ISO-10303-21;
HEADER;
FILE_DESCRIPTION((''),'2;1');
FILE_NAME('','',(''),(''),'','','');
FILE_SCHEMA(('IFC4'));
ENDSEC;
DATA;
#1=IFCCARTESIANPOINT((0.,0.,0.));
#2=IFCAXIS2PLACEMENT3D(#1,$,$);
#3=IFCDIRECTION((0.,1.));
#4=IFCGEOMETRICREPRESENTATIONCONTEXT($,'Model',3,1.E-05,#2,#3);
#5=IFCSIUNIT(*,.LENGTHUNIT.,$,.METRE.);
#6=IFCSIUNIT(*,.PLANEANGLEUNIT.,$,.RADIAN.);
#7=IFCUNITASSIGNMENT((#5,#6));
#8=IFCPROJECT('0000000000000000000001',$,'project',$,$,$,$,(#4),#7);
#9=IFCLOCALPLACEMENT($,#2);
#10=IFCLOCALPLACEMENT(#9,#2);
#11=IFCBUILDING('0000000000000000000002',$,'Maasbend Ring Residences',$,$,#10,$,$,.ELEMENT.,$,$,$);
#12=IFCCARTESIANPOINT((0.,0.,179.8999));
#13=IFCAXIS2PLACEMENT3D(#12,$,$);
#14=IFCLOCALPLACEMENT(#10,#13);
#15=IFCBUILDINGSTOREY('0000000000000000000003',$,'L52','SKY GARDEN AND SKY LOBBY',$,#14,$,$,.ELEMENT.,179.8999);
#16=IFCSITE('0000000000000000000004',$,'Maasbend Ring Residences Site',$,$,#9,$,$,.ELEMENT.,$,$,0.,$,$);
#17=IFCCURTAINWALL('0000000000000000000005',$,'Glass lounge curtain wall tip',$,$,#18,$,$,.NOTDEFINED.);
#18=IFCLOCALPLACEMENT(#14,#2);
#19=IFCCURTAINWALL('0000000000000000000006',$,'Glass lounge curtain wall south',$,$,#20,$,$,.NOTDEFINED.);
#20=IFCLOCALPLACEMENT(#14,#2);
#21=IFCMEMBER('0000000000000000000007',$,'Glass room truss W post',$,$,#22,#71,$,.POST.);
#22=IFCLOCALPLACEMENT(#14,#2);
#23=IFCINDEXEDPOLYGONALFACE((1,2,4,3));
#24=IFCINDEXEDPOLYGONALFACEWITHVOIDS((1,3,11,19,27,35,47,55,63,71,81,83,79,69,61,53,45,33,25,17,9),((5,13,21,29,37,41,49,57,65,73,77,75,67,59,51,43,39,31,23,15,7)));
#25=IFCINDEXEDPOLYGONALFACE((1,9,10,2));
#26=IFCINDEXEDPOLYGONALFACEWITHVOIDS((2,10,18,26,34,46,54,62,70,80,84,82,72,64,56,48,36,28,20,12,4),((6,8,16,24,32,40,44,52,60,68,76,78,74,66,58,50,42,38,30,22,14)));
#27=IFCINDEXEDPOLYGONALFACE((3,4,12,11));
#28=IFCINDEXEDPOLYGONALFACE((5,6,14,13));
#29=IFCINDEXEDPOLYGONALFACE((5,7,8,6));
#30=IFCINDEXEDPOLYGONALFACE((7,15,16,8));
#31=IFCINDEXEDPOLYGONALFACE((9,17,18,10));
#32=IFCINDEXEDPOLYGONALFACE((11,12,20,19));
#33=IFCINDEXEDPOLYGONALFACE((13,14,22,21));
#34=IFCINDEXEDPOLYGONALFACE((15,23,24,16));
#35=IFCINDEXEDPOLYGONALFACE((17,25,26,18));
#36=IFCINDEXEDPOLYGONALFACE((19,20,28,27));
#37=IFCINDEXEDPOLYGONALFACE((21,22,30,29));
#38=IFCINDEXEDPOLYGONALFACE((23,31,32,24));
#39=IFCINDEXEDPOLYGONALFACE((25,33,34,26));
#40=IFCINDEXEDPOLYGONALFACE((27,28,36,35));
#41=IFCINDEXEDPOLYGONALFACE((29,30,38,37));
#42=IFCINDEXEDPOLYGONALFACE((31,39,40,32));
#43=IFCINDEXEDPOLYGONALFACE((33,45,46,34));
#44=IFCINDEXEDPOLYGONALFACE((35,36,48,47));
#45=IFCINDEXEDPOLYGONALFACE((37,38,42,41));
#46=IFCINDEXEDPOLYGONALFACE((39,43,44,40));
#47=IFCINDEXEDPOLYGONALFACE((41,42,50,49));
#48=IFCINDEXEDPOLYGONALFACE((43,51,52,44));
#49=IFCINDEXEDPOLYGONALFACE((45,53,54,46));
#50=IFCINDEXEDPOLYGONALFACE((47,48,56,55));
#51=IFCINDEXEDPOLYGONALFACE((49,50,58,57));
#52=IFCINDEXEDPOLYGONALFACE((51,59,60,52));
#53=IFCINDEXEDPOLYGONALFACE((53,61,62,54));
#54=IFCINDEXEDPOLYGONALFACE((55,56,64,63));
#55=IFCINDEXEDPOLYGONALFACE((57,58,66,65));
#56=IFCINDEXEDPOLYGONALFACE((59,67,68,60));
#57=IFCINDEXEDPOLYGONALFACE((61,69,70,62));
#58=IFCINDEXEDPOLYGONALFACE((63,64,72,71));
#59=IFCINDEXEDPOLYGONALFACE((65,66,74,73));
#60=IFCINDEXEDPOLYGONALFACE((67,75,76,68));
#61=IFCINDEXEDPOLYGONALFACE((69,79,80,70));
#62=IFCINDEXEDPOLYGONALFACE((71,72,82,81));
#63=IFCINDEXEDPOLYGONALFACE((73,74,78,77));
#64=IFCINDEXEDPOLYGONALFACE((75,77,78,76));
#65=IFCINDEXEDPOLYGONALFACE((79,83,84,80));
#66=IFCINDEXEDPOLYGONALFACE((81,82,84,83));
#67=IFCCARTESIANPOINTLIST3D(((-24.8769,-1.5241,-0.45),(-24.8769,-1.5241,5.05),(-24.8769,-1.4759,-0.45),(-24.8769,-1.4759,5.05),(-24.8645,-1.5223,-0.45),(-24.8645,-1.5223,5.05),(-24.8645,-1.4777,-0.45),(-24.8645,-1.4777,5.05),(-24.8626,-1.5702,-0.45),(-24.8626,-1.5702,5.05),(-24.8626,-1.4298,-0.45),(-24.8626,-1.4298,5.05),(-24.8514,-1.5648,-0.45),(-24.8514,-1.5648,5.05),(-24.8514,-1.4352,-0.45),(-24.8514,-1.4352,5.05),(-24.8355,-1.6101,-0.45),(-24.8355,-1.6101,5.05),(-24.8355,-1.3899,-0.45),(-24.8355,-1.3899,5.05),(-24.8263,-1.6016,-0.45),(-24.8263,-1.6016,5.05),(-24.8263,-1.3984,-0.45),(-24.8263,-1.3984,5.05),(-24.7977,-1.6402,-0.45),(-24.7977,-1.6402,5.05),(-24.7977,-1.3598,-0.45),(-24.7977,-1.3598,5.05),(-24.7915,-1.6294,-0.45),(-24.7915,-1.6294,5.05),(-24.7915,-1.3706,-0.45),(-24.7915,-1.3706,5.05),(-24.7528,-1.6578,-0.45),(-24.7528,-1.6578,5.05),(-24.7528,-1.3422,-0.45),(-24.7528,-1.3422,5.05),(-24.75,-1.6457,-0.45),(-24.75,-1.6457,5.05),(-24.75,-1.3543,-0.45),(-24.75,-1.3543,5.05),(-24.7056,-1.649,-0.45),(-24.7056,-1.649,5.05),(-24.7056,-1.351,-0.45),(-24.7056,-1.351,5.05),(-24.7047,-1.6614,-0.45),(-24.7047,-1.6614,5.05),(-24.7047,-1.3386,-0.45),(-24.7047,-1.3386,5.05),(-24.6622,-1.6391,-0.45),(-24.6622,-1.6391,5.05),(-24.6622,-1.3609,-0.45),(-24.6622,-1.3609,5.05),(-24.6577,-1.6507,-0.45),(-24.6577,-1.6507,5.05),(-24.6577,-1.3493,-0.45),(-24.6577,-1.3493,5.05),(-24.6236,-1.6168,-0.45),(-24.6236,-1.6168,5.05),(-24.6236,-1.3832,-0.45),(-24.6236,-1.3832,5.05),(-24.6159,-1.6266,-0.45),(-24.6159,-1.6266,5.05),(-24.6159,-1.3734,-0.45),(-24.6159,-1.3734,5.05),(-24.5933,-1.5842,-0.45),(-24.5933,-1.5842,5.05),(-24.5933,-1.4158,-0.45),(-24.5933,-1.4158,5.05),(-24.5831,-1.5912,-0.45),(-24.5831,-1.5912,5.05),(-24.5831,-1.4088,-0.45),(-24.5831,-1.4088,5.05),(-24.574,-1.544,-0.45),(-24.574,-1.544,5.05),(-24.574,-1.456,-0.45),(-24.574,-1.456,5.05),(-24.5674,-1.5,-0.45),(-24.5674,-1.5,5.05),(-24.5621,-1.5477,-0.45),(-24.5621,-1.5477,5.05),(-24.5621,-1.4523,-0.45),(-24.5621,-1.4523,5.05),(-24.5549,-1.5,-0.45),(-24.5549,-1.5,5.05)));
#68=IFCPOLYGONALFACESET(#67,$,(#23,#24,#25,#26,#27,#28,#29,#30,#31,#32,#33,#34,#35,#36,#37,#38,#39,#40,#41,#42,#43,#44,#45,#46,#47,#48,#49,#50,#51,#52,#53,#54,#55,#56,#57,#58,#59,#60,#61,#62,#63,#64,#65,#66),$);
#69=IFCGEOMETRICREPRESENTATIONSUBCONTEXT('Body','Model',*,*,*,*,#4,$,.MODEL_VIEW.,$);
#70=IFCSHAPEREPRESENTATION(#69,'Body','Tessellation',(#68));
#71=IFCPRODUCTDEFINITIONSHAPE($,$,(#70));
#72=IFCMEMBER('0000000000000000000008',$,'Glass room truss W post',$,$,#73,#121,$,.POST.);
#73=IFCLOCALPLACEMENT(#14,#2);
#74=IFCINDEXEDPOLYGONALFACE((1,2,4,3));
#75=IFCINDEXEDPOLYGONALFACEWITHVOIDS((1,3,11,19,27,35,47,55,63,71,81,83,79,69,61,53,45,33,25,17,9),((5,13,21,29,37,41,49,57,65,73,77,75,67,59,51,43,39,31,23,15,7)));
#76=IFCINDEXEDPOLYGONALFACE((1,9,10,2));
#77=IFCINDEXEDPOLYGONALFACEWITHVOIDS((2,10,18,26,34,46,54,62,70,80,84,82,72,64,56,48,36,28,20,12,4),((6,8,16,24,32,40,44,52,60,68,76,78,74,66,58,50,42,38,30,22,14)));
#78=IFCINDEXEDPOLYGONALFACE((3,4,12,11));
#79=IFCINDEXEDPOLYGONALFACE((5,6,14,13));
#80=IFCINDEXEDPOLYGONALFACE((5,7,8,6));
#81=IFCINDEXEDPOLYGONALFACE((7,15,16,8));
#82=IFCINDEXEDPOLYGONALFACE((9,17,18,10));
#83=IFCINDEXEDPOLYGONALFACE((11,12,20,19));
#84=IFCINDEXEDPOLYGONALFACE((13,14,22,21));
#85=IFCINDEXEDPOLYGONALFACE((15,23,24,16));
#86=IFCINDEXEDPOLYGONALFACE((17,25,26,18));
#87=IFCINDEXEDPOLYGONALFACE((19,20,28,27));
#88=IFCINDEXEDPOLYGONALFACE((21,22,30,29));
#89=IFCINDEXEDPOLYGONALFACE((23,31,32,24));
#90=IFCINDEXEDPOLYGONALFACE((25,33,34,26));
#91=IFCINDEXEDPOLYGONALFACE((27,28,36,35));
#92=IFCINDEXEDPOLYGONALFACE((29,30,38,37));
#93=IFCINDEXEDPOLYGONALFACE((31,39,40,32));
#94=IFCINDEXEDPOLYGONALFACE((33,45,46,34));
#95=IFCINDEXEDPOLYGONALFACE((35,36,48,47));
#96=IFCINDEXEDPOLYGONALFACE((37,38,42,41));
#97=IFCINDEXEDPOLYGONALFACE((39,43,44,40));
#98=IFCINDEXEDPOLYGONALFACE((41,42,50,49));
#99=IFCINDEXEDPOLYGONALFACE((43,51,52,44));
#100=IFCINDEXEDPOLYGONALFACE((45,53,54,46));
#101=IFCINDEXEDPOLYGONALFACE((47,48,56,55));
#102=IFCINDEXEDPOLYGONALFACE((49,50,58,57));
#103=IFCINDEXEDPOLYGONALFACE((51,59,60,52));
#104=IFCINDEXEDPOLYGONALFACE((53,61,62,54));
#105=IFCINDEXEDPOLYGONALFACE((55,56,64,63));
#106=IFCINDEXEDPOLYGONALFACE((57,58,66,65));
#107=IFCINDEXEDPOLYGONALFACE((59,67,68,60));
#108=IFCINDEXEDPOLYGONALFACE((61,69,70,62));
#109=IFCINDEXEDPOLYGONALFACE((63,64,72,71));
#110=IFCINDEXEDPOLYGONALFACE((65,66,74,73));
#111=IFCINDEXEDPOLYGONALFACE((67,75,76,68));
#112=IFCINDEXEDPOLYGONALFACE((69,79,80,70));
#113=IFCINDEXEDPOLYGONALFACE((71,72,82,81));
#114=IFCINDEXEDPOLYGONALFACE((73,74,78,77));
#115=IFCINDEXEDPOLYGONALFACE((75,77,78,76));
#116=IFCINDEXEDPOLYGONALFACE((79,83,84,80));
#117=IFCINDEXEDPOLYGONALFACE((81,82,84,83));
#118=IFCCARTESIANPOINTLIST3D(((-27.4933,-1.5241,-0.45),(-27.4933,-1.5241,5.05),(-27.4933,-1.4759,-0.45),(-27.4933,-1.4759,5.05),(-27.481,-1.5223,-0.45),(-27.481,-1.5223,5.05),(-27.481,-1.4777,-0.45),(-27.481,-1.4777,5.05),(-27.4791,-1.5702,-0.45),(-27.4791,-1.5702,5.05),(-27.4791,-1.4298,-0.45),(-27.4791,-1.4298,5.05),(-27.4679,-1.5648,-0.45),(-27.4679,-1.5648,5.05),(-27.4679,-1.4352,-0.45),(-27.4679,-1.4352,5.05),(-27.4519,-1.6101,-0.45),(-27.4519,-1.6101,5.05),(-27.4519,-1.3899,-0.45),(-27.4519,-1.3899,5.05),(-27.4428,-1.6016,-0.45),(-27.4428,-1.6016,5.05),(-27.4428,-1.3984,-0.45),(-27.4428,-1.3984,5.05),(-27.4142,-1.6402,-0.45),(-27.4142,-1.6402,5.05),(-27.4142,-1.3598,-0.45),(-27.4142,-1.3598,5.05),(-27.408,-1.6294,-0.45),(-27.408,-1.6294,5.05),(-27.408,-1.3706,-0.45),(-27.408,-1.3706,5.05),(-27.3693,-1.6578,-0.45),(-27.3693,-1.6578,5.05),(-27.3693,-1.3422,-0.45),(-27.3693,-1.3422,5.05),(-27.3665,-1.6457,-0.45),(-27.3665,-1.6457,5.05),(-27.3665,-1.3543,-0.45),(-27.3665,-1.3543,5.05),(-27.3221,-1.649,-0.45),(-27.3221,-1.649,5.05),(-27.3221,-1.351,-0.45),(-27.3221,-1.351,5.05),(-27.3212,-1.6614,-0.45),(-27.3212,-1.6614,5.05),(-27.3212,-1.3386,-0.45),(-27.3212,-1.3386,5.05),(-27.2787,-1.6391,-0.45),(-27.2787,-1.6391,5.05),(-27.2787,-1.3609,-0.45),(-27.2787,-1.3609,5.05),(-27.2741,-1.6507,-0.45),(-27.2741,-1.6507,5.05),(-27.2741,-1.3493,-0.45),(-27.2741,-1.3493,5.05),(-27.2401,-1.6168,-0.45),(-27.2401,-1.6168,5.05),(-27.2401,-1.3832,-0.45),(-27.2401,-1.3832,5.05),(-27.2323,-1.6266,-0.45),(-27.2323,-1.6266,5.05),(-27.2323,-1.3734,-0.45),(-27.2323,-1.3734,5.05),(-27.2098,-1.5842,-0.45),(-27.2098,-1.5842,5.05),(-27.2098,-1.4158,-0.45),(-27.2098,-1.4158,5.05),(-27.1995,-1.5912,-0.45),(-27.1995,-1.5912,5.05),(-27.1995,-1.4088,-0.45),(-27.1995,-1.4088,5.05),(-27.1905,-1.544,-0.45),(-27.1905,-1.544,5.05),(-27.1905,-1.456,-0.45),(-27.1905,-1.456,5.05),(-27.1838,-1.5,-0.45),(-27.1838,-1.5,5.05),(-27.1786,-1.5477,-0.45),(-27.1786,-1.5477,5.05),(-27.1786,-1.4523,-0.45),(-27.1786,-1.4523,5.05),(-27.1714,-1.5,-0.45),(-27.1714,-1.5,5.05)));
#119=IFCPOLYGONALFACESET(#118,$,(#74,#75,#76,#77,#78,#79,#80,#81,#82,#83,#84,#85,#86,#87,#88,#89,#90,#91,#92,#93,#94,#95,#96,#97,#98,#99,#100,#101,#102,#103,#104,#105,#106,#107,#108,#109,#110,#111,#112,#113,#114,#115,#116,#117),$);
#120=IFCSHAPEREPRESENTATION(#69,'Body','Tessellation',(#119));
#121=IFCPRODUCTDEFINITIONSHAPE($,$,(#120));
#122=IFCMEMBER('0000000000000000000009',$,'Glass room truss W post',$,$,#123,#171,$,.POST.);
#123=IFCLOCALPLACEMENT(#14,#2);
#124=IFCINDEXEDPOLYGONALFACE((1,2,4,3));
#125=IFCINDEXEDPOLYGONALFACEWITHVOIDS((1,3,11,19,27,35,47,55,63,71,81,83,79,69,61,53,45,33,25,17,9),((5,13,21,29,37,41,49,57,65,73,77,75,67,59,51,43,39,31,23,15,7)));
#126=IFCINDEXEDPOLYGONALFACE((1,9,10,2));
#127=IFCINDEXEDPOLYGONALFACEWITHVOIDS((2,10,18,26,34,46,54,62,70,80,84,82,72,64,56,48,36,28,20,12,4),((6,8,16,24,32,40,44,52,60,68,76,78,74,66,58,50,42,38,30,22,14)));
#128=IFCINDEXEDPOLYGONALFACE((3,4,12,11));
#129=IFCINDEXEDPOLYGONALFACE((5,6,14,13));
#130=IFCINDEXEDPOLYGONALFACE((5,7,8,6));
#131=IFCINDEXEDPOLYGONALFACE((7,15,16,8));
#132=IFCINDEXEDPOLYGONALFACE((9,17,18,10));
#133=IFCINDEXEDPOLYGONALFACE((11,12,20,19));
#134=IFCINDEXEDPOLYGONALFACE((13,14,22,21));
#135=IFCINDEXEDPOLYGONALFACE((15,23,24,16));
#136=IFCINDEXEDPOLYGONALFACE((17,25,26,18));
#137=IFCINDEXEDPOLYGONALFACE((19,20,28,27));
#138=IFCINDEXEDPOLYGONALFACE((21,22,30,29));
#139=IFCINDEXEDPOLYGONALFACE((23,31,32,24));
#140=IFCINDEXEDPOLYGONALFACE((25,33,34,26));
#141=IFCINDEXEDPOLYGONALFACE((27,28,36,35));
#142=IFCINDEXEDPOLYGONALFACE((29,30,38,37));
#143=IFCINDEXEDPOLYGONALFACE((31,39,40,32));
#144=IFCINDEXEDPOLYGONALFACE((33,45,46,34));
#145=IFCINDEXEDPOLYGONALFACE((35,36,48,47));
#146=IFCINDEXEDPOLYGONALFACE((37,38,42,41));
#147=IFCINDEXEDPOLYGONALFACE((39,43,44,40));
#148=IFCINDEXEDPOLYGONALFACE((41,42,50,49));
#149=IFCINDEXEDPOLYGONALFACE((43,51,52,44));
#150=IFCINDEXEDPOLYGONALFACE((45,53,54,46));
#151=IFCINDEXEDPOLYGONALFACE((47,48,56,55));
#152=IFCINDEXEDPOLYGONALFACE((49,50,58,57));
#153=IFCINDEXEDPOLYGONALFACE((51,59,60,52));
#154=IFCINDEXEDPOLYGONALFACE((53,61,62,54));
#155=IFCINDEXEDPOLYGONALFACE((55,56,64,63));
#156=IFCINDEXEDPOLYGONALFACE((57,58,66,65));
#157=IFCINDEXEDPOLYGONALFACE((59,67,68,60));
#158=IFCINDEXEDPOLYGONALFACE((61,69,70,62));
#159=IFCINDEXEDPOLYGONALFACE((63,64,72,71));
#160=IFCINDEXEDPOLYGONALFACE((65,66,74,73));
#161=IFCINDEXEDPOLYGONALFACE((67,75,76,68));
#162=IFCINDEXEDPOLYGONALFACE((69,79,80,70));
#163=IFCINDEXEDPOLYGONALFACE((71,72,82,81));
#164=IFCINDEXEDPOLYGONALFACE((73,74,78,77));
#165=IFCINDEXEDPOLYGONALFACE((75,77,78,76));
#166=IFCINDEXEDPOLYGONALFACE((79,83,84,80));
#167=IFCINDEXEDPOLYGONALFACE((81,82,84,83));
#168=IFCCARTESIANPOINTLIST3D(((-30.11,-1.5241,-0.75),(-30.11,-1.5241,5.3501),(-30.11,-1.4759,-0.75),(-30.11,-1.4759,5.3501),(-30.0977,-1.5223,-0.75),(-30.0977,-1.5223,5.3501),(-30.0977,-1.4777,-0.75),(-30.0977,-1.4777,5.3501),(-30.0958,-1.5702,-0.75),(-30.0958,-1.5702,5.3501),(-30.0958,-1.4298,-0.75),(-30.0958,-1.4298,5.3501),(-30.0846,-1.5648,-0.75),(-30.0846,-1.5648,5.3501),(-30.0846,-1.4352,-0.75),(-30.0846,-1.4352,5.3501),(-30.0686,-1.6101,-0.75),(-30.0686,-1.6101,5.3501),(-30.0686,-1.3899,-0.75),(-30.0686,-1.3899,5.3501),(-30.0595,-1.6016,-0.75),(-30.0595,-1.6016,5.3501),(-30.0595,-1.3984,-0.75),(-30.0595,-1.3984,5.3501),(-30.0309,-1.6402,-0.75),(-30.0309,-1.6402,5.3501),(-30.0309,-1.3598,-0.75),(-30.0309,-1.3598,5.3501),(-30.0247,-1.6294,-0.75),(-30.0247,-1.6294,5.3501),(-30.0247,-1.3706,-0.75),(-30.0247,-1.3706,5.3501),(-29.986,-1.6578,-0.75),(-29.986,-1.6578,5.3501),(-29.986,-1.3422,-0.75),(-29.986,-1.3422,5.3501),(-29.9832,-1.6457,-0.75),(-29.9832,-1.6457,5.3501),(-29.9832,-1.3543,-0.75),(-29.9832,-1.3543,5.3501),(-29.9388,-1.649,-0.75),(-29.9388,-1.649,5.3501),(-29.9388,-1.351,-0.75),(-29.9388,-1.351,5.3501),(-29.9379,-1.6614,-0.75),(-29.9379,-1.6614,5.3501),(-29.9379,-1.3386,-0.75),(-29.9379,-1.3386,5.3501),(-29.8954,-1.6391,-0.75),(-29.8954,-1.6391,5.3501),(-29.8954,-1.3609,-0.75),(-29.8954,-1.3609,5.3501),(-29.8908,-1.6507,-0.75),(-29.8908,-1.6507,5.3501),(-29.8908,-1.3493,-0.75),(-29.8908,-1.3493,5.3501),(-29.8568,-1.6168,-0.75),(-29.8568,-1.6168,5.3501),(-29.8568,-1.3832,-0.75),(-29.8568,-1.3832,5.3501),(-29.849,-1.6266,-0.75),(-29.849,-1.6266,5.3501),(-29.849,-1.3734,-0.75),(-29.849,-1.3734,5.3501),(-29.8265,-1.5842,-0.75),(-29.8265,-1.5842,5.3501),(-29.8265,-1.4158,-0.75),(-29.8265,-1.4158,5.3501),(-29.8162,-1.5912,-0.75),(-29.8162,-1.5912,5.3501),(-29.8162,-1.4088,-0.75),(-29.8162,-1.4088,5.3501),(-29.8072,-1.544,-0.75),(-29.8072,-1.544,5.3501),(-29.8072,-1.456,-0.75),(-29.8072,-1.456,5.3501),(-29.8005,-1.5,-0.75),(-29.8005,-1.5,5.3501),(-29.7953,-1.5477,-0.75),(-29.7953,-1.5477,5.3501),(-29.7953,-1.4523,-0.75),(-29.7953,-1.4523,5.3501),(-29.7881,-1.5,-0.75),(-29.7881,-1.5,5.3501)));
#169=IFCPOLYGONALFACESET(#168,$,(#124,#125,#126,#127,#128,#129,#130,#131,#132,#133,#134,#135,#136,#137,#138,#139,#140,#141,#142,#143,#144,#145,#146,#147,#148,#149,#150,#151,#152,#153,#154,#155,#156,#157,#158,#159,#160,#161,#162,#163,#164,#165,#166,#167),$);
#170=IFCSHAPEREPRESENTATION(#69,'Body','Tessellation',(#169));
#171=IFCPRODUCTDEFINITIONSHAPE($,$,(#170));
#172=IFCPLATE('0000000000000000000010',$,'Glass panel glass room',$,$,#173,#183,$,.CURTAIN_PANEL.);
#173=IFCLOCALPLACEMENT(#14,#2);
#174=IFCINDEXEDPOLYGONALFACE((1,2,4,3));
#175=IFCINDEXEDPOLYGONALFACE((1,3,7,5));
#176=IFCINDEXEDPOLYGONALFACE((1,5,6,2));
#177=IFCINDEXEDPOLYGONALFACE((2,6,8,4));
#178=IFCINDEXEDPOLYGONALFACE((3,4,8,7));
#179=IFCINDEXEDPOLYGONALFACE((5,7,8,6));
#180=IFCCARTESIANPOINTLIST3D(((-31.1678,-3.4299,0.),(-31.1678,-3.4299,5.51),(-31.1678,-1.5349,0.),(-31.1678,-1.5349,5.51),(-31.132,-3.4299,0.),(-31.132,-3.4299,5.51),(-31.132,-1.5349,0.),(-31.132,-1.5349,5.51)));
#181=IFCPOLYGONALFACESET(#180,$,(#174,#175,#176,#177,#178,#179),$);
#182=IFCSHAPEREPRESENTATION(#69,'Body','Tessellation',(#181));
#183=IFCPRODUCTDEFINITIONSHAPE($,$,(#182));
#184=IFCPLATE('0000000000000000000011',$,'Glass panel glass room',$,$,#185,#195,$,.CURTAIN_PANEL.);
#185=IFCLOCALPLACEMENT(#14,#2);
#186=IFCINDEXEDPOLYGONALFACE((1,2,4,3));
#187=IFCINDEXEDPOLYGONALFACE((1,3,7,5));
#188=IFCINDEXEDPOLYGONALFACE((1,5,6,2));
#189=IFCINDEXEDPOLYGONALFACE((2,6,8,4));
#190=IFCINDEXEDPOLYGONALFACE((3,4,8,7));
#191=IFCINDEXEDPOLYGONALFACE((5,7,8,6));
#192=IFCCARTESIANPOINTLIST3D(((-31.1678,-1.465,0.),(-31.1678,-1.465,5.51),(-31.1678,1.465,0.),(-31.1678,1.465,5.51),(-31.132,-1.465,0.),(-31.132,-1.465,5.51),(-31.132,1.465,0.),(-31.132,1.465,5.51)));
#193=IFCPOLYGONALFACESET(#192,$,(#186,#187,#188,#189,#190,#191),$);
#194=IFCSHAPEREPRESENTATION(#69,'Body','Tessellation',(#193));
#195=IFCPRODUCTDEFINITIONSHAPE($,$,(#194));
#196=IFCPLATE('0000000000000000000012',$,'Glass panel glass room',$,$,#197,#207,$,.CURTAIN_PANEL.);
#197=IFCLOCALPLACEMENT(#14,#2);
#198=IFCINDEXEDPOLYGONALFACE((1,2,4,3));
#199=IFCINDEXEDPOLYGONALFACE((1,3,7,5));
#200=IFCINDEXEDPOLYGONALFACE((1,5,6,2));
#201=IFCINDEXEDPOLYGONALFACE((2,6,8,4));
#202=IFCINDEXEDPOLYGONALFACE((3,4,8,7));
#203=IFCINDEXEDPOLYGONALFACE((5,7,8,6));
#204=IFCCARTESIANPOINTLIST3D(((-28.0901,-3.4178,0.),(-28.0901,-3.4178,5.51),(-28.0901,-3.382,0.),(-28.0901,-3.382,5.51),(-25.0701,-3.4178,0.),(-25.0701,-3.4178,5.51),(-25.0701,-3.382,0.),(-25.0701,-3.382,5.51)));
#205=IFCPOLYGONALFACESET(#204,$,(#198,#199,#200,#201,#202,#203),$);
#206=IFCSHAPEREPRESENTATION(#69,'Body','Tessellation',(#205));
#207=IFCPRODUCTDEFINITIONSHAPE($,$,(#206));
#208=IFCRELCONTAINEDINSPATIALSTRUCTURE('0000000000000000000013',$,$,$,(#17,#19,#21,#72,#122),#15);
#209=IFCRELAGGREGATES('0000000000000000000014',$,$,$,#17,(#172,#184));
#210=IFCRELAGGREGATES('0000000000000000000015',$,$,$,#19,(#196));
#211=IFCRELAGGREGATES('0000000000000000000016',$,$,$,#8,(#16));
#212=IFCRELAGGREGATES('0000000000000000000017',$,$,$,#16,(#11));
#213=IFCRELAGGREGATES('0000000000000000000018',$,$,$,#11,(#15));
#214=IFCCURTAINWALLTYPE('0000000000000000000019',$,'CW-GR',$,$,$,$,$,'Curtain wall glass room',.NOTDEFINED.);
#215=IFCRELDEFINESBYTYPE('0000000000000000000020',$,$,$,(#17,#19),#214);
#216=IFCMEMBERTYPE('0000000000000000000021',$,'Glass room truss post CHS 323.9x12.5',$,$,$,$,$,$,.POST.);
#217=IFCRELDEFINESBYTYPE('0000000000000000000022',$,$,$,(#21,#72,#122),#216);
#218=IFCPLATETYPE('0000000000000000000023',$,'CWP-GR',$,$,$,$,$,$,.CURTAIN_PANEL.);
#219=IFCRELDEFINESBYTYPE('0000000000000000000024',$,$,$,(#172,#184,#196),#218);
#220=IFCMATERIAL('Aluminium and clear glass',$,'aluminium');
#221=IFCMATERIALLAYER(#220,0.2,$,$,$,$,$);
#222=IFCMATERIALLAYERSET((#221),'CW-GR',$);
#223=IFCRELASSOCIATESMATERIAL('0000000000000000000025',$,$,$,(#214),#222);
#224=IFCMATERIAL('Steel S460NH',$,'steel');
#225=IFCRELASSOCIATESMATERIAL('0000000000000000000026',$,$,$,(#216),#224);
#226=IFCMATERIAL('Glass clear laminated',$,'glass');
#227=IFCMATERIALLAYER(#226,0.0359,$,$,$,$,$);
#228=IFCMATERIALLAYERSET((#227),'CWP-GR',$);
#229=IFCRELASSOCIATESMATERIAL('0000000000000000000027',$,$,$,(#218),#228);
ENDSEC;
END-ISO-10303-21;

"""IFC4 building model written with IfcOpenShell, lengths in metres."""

from ifc_helpers import new_model, si_unit, direction, frame, origin, origin_2d, place, context, subcontext, project, spatial, rectangle, hollow_circle, extrude, material, layer, layer_set, material_profile, profile_set, type_object, element, aggregate, save


model = new_model("IFC4")

# Units and contexts
model_context = context("Model", 3, precision=1e-05, world=origin(), true_north=direction((0.0, 1.0)))
body_context = subcontext(model_context, "Body", "Model", "MODEL_VIEW")
ifc_project = project(units=[si_unit("LENGTHUNIT", "METRE"), si_unit("PLANEANGLEUNIT", "RADIAN")], contexts=[model_context])

# Site, building, storey
site_placement = place(None, origin())
site = spatial("IfcSite", under=ifc_project, at=site_placement, Name="Maasbend Ring Residences Site", CompositionType="ELEMENT", RefElevation=0.0)
building_placement = place(site_placement, origin())
building = spatial("IfcBuilding", under=site, at=building_placement, Name="Maasbend Ring Residences", CompositionType="ELEMENT")
storey_placement = place(building_placement, frame((0.0, 0.0, 179.8999)))
storey = spatial("IfcBuildingStorey", under=building, at=storey_placement, Name="L52", Description="SKY GARDEN AND SKY LOBBY", CompositionType="ELEMENT", Elevation=179.8999)

# Curtain wall
ifc_material_1 = material(Name="Aluminium and clear glass", Category="aluminium")
ifc_layer_1 = layer(ifc_material_1, 0.2)
ifc_layer_set_1 = layer_set([ifc_layer_1], Name="CW-GR")
curtain_wall_type = type_object("IfcCurtainWallType", Name="CW-GR", ElementType="Curtain wall glass room", PredefinedType="NOTDEFINED", material=ifc_layer_set_1)
curtain_wall_1_placement = place(storey_placement, origin())
curtain_wall_1 = element("IfcCurtainWall", 1, at=curtain_wall_1_placement, inside=storey, type_object=curtain_wall_type, Name="Glass lounge curtain wall tip", PredefinedType="NOTDEFINED")

# Curtain wall
curtain_wall_2_placement = place(storey_placement, origin())
curtain_wall_2 = element("IfcCurtainWall", 2, at=curtain_wall_2_placement, inside=storey, type_object=curtain_wall_type, Name="Glass lounge curtain wall south", PredefinedType="NOTDEFINED")

# Members
ifc_material_2 = material(Name="Steel S460NH", Category="steel")
ifc_material_profile_1 = material_profile(ifc_material_2, hollow_circle(Radius=0.1619, WallThickness=0.0125, at=origin_2d()), Name="Glass room truss post CHS 323.9x12.5")
ifc_profile_set_1 = profile_set([ifc_material_profile_1], Name="Steel S460NH")
member_type_1 = type_object("IfcMemberType", Name="Glass room truss post CHS 323.9x12.5", PredefinedType="POST", material=ifc_profile_set_1)
for number, where, z_axis, x_axis, name in (
    (3, (-24.7168, -1.5, -0.45), (0.0, 0.0, 1.0), (1.0, 0.0, 0.0), "Glass room truss W post"),
    (4, (-27.3333, -1.5, -0.45), (0.0, 0.0, 1.0), (1.0, 0.0, 0.0), "Glass room truss W post"),
):
    element("IfcMember", number, at=place(storey_placement, frame(where, z_axis=z_axis, x_axis=x_axis)), inside=storey, type_object=member_type_1, Name=name, PredefinedType="POST", context=body_context, shape_type="SweptSolid", body=[
        extrude(hollow_circle(Radius=0.1619, WallThickness=0.0125, at=origin_2d()), origin(), (0.0, 0.0, 1.0), 5.5),
    ])
member_1_placement = place(storey_placement, frame((-29.95, -1.5, -0.75), z_axis=(0.0, 0.0, 1.0), x_axis=(1.0, 0.0, 0.0)))
element("IfcMember", 5, at=member_1_placement, inside=storey, type_object=member_type_1, Name="Glass room truss W post", PredefinedType="POST", context=body_context, shape_type="SweptSolid", body=[
    extrude(hollow_circle(Radius=0.1619, WallThickness=0.0125, at=origin_2d()), origin(), (0.0, 0.0, 1.0), 6.1001),
])

# Plates
ifc_material_3 = material(Name="Glass clear laminated", Category="glass")
ifc_layer_2 = layer(ifc_material_3, 0.0359)
ifc_layer_set_2 = layer_set([ifc_layer_2], Name="CWP-GR")
plate_type = type_object("IfcPlateType", Name="CWP-GR", PredefinedType="CURTAIN_PANEL", material=ifc_layer_set_2)
plate_1_placement = place(storey_placement, frame((-31.1499, -2.4824, 0.0), z_axis=(0.0, 0.0, 1.0), x_axis=(0.0, 1.0, 0.0)))
plate_1 = element("IfcPlate", 6, at=plate_1_placement, type_object=plate_type, Name="Glass panel glass room", PredefinedType="CURTAIN_PANEL", context=body_context, shape_type="SweptSolid", body=[
    extrude(rectangle(XDim=1.895, YDim=0.0359, at=origin_2d()), origin(), (0.0, 0.0, 1.0), 5.51),
])
plate_2_placement = place(storey_placement, frame((-31.1499, 0.0, 0.0), z_axis=(0.0, 0.0, 1.0), x_axis=(0.0, 1.0, 0.0)))
plate_2 = element("IfcPlate", 7, at=plate_2_placement, type_object=plate_type, Name="Glass panel glass room", PredefinedType="CURTAIN_PANEL", context=body_context, shape_type="SweptSolid", body=[
    extrude(rectangle(XDim=2.9299, YDim=0.0359, at=origin_2d()), origin(), (0.0, 0.0, 1.0), 5.51),
])
aggregate(curtain_wall_1, [plate_1, plate_2])
plate_3_placement = place(storey_placement, frame((-26.5801, -3.3999, 0.0), z_axis=(0.0, 0.0, 1.0), x_axis=(-1.0, 0.0, 0.0)))
plate_3 = element("IfcPlate", 8, at=plate_3_placement, type_object=plate_type, Name="Glass panel glass room", PredefinedType="CURTAIN_PANEL", context=body_context, shape_type="SweptSolid", body=[
    extrude(rectangle(XDim=3.02, YDim=0.0359, at=origin_2d()), origin(), (0.0, 0.0, 1.0), 5.51),
])
aggregate(curtain_wall_2, [plate_3])

save(model, "model.ifc")
